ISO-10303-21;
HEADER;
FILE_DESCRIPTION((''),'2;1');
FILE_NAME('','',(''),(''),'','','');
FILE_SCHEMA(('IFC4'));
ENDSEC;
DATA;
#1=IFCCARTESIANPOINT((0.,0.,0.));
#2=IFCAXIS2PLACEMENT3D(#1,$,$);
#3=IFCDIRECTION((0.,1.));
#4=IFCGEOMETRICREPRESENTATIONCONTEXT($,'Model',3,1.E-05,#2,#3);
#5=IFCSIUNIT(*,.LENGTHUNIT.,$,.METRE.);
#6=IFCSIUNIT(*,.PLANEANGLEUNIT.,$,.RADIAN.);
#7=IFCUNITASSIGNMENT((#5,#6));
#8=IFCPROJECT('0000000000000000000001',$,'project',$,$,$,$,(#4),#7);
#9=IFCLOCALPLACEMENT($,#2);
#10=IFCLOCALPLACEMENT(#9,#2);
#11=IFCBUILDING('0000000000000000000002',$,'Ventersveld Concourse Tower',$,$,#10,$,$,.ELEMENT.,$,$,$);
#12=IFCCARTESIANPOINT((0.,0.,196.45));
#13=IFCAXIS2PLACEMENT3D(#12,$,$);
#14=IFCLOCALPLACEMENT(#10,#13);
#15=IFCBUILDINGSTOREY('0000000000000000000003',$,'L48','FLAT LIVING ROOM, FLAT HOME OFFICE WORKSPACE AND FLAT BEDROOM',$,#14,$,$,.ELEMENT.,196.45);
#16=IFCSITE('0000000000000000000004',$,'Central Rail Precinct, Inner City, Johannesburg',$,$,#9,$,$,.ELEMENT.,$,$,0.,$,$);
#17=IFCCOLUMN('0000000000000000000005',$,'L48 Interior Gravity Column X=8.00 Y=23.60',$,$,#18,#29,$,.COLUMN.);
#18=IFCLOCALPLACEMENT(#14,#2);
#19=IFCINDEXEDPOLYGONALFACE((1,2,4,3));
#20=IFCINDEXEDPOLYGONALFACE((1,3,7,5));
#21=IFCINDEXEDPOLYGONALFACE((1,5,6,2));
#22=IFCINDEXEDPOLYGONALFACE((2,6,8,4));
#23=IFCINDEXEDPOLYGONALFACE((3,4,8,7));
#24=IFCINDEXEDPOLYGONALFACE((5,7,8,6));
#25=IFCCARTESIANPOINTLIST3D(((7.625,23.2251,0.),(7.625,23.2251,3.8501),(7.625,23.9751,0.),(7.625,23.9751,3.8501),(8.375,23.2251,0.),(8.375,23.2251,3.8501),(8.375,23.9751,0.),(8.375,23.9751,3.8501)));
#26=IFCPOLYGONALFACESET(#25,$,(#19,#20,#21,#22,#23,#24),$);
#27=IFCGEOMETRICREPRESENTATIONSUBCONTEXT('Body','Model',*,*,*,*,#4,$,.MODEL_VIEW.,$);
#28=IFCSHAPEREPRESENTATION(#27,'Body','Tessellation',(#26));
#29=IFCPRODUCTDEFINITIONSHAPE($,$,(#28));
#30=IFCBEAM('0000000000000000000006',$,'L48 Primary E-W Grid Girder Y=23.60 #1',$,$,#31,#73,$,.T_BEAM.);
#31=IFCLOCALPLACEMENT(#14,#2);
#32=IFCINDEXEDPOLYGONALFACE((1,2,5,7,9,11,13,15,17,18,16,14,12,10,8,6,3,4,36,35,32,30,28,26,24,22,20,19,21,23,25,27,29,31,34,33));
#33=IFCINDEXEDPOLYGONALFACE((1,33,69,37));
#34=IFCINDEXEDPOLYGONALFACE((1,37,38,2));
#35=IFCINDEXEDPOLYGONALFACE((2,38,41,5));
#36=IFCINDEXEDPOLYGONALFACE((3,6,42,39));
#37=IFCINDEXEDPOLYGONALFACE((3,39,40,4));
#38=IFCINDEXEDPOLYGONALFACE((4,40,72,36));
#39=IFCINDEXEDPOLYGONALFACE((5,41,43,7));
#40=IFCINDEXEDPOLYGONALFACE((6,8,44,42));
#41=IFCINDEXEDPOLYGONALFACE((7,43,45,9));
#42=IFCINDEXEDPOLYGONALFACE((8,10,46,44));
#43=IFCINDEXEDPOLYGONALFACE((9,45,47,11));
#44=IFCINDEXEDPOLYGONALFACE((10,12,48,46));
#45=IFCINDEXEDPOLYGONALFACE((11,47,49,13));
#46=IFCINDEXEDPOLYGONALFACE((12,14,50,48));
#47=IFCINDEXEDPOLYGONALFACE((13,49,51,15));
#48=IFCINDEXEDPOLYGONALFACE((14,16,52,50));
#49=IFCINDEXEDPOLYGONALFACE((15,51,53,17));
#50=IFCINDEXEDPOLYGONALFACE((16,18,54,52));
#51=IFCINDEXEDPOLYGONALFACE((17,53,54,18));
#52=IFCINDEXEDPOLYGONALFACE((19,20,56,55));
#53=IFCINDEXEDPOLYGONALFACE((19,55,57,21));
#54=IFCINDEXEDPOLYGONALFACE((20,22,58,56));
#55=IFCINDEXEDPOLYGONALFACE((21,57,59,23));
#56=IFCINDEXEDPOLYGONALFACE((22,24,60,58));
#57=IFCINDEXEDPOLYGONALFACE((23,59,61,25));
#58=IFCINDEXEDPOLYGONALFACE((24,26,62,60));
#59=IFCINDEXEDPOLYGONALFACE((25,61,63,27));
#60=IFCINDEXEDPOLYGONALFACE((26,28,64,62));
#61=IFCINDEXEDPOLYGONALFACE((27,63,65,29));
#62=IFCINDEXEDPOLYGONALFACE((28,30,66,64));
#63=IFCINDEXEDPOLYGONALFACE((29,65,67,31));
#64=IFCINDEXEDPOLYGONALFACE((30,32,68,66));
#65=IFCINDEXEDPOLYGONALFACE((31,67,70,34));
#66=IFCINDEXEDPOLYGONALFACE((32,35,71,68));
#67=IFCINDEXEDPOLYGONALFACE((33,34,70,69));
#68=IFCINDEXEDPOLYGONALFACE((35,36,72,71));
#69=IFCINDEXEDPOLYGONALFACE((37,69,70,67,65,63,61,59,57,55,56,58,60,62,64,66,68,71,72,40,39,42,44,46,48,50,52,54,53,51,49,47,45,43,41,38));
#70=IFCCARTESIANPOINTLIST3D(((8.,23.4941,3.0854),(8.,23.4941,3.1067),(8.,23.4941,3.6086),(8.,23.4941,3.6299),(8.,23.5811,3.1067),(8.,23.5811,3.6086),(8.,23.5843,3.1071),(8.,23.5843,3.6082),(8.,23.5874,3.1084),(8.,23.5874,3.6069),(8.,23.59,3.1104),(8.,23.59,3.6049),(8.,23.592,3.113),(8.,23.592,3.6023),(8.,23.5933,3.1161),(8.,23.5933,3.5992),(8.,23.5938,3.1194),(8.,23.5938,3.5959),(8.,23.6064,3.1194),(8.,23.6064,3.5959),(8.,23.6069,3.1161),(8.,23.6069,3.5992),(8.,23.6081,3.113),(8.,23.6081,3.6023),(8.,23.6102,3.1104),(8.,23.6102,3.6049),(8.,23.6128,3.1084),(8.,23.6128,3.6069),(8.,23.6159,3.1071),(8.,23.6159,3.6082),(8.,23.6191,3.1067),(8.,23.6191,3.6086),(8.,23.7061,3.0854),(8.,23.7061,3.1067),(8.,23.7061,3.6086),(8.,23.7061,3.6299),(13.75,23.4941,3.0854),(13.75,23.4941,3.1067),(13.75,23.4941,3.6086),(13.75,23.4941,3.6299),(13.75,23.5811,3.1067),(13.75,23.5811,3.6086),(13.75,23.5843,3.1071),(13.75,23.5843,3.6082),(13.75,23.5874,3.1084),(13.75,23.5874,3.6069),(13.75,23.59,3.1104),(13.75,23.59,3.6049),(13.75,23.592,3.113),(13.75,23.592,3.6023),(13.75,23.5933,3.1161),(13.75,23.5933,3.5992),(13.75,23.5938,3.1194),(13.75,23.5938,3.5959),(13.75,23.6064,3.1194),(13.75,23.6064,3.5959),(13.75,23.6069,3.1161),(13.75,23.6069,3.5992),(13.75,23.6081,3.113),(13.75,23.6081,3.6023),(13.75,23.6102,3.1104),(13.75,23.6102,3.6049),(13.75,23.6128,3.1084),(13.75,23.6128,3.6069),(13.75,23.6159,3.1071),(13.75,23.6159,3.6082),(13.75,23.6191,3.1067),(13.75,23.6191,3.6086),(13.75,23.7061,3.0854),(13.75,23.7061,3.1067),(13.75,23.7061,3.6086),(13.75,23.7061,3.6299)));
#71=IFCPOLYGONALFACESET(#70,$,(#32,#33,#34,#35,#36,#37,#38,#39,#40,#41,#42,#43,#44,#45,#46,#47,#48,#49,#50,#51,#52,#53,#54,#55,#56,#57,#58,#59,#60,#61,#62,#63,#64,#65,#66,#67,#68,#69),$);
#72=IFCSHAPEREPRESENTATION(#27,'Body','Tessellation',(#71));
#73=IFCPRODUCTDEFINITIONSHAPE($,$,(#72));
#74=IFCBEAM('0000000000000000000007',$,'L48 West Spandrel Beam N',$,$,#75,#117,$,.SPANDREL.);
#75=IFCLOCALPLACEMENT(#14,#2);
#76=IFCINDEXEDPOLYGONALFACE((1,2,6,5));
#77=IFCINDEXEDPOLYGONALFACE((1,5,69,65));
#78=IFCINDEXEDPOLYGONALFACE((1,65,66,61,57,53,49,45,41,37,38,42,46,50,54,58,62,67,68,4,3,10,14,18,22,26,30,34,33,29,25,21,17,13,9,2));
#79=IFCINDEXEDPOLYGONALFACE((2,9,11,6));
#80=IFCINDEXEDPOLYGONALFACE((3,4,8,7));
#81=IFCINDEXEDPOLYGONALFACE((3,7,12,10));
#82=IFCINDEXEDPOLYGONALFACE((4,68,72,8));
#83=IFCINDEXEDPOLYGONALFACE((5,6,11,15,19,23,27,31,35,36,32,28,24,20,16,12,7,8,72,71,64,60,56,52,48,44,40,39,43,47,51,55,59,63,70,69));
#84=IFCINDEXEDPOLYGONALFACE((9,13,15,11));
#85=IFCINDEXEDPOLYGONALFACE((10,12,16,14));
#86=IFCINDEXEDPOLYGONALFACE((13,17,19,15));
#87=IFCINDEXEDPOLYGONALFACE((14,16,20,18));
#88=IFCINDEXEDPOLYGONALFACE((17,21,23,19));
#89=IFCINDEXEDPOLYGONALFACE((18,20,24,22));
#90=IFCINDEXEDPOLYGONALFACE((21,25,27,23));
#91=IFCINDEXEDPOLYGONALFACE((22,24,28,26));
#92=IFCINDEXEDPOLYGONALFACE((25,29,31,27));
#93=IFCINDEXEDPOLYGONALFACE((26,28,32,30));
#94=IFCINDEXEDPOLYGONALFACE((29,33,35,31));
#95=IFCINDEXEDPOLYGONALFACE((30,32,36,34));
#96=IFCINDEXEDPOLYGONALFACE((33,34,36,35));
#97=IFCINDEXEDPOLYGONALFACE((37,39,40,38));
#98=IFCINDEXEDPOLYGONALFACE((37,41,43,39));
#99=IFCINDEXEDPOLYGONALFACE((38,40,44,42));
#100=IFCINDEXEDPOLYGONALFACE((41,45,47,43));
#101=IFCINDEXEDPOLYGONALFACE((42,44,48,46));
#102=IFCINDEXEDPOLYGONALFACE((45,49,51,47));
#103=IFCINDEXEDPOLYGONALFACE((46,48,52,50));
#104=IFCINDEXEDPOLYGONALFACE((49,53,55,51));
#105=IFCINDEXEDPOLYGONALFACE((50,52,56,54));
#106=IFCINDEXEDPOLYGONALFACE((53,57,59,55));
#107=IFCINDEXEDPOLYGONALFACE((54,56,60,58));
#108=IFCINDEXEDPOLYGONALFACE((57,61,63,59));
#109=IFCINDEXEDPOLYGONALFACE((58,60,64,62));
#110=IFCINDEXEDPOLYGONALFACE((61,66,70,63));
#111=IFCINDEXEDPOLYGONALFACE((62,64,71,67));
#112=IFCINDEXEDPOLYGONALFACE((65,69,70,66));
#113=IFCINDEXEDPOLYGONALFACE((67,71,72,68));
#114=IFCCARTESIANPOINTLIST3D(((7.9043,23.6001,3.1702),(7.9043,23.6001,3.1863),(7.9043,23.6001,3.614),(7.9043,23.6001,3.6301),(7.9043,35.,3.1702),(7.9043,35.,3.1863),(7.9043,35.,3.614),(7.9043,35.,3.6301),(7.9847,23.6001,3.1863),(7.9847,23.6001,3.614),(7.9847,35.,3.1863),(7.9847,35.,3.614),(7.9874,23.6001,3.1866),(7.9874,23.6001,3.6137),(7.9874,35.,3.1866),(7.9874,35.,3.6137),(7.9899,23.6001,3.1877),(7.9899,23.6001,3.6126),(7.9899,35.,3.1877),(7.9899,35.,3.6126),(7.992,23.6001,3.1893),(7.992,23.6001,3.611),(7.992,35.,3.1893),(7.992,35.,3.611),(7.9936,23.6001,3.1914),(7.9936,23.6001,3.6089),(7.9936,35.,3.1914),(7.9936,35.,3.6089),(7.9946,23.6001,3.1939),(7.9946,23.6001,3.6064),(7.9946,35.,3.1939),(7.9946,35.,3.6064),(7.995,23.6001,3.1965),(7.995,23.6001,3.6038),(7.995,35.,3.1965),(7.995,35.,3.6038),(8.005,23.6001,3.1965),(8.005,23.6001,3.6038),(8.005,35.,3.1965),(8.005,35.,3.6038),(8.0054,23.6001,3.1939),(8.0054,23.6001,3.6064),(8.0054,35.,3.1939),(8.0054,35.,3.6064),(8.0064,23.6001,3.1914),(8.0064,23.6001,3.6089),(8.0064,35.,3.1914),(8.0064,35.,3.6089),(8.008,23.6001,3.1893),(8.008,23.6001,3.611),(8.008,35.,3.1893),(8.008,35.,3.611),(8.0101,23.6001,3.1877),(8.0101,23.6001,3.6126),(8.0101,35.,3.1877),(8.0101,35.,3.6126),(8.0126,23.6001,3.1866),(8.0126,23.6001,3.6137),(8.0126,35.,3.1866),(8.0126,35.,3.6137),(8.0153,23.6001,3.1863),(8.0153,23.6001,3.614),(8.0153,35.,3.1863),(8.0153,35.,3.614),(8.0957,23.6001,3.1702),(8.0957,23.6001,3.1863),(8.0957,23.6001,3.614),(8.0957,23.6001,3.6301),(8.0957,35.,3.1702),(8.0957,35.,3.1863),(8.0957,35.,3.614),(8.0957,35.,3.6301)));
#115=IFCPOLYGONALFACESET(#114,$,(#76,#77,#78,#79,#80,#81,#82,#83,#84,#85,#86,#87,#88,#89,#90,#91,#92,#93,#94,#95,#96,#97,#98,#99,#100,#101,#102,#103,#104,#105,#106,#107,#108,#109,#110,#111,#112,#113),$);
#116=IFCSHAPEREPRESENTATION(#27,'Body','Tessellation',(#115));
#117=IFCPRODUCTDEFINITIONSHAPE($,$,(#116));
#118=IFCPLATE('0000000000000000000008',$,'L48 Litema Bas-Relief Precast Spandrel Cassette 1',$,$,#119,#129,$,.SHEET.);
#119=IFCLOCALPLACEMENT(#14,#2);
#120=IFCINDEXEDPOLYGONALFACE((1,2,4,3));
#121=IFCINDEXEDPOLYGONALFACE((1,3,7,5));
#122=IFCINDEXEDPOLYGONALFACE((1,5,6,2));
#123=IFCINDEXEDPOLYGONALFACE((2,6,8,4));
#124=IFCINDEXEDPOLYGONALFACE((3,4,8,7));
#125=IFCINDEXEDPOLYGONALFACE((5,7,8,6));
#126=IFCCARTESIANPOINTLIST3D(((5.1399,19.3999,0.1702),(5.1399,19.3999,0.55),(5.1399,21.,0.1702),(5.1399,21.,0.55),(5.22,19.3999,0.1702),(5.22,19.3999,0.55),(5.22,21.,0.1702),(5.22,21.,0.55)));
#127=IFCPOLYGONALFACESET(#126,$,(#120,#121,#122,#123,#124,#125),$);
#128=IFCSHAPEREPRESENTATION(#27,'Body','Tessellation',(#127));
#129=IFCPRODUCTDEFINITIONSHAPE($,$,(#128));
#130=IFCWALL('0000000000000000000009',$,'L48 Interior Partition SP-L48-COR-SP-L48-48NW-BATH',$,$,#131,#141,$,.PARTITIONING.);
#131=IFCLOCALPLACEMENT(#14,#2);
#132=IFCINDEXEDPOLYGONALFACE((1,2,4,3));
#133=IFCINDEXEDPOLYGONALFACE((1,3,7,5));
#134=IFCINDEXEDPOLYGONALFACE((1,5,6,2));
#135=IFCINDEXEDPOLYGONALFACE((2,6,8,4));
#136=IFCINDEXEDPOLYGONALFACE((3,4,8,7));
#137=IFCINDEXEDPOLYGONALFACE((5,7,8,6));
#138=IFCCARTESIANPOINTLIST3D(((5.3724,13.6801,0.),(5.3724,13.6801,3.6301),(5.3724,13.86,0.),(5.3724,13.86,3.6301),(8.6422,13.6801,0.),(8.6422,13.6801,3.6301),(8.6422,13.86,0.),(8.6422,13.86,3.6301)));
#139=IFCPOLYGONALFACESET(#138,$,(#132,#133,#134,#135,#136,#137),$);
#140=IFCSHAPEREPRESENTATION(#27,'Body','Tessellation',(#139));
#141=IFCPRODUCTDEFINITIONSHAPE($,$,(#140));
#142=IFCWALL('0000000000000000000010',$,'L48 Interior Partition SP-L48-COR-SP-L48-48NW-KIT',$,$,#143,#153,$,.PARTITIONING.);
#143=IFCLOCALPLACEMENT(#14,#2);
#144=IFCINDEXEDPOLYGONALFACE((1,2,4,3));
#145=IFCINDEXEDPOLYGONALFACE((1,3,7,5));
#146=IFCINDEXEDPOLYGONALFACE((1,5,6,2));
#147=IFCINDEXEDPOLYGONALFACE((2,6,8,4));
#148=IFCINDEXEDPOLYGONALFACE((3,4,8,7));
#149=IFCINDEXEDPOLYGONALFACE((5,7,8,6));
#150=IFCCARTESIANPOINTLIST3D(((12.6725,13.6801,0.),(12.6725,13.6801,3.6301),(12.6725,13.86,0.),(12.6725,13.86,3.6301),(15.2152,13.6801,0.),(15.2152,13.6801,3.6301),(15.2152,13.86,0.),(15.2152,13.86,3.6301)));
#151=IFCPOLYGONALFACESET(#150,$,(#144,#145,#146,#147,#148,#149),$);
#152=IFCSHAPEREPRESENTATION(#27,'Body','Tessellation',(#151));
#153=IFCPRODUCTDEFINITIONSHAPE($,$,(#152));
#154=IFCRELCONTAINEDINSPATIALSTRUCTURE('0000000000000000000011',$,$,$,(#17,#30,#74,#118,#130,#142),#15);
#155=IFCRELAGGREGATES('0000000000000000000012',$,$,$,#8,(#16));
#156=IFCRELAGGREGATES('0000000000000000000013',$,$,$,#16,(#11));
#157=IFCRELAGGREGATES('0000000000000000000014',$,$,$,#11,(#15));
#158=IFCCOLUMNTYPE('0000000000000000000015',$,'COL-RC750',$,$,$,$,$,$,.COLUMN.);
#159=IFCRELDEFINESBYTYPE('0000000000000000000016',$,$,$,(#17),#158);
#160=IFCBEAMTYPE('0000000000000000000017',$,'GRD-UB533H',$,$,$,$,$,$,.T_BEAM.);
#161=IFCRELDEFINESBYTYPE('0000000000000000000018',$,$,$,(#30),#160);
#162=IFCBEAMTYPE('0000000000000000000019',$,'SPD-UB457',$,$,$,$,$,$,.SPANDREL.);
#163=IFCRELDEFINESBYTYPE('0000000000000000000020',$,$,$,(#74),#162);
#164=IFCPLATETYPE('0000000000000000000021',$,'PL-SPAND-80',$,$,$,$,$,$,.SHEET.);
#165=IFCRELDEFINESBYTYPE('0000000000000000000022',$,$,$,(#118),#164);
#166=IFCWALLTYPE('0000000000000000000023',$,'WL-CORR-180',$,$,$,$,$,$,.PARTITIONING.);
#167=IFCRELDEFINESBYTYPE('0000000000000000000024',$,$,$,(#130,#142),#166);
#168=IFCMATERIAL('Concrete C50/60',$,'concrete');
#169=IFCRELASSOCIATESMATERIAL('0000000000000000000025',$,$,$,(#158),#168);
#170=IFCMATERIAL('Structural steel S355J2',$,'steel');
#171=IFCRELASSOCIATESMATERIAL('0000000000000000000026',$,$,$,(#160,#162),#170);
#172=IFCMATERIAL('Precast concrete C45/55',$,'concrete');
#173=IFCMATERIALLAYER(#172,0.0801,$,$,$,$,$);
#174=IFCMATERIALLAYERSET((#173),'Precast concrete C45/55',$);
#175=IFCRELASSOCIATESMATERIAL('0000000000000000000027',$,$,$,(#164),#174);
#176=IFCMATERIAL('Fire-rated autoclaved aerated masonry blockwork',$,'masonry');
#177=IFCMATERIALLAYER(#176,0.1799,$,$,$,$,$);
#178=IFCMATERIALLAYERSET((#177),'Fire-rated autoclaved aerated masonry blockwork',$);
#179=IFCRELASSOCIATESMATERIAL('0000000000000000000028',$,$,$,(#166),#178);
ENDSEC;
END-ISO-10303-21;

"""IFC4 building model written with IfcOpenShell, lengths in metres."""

from ifc_helpers import new_model, si_unit, direction, frame, frame_2d, origin, origin_2d, place, context, subcontext, project, spatial, rectangle, i_section, extrude, material, layer, layer_set, material_profile, profile_set, type_object, element, save


model = new_model("IFC4")

# Units and contexts
model_context = context("Model", 3, precision=1e-05, world=origin(), true_north=direction((0.0, 1.0)))
body_context = subcontext(model_context, "Body", "Model", "MODEL_VIEW")
ifc_project = project(units=[si_unit("LENGTHUNIT", "METRE"), si_unit("PLANEANGLEUNIT", "RADIAN")], contexts=[model_context])

# Site, building, storey
site_placement = place(None, origin())
site = spatial("IfcSite", under=ifc_project, at=site_placement, Name="Central Rail Precinct, Inner City, Johannesburg", CompositionType="ELEMENT", RefElevation=0.0)
building_placement = place(site_placement, origin())
building = spatial("IfcBuilding", under=site, at=building_placement, Name="Ventersveld Concourse Tower", CompositionType="ELEMENT")
storey_placement = place(building_placement, frame((0.0, 0.0, 196.45)))
storey = spatial("IfcBuildingStorey", under=building, at=storey_placement, Name="L48", Description="FLAT LIVING ROOM, FLAT HOME OFFICE WORKSPACE AND FLAT BEDROOM", CompositionType="ELEMENT", Elevation=196.45)

# Column
ifc_material_1 = material(Name="Concrete C50/60", Category="concrete")
ifc_material_profile_1 = material_profile(ifc_material_1, rectangle(XDim=0.75, YDim=0.75, at=origin_2d()), Name="RC 750x750")
ifc_profile_set_1 = profile_set([ifc_material_profile_1], Name="Concrete C50/60")
column_type = type_object("IfcColumnType", Name="COL-RC750", PredefinedType="COLUMN", material=ifc_profile_set_1)
column_placement = place(storey_placement, frame((8.0, 23.6001, 0.0), z_axis=(0.0, 0.0, 1.0), x_axis=(1.0, 0.0, 0.0)))
element("IfcColumn", 1, at=column_placement, inside=storey, type_object=column_type, Name="L48 Interior Gravity Column X=8.00 Y=23.60", PredefinedType="COLUMN", context=body_context, shape_type="SweptSolid", body=[
    extrude(rectangle(XDim=0.75, YDim=0.75, at=origin_2d()), origin(), (0.0, 0.0, 1.0), 3.8501),
])

# Beams
ifc_material_2 = material(Name="Structural steel S355J2", Category="steel")
ifc_material_profile_2 = material_profile(ifc_material_2, i_section(OverallWidth=0.2119, OverallDepth=0.5444, WebThickness=0.0127, FlangeThickness=0.0212, FilletRadius=0.0127, at=origin_2d()), Name="UB 533x210x122")
ifc_profile_set_2 = profile_set([ifc_material_profile_2], Name="Structural steel S355J2")
beam_type_1 = type_object("IfcBeamType", Name="GRD-UB533H", PredefinedType="T_BEAM", material=ifc_profile_set_2)
beam_1_placement = place(storey_placement, frame((8.0, 23.6001, 3.3577), z_axis=(1.0, 0.0, 0.0), x_axis=(0.0, 1.0, 0.0)))
element("IfcBeam", 2, at=beam_1_placement, inside=storey, type_object=beam_type_1, Name="L48 Primary E-W Grid Girder Y=23.60 #1", PredefinedType="T_BEAM", context=body_context, shape_type="SweptSolid", body=[
    extrude(i_section(OverallWidth=0.2119, OverallDepth=0.5444, WebThickness=0.0127, FlangeThickness=0.0212, FilletRadius=0.0127, at=origin_2d()), origin(), (0.0, 0.0, 1.0), 5.75),
])
ifc_material_profile_3 = material_profile(ifc_material_2, i_section(OverallWidth=0.1914, OverallDepth=0.46, WebThickness=0.01, FlangeThickness=0.0161, FilletRadius=0.0103, at=origin_2d()), Name="UB 457x191x82")
ifc_profile_set_3 = profile_set([ifc_material_profile_3], Name="Structural steel S355J2")
beam_type_2 = type_object("IfcBeamType", Name="SPD-UB457", PredefinedType="SPANDREL", material=ifc_profile_set_3)
beam_2_placement = place(storey_placement, frame((8.0, 23.6001, 3.4001), z_axis=(0.0, 1.0, 0.0), x_axis=(-1.0, 0.0, 0.0)))
element("IfcBeam", 3, at=beam_2_placement, inside=storey, type_object=beam_type_2, Name="L48 West Spandrel Beam N", PredefinedType="SPANDREL", context=body_context, shape_type="SweptSolid", body=[
    extrude(i_section(OverallWidth=0.1914, OverallDepth=0.46, WebThickness=0.01, FlangeThickness=0.0161, FilletRadius=0.0103, at=origin_2d()), origin(), (0.0, 0.0, 1.0), 11.3999),
])

# Plate
ifc_material_3 = material(Name="Precast concrete C45/55", Category="concrete")
ifc_layer_1 = layer(ifc_material_3, 0.0801)
ifc_layer_set_1 = layer_set([ifc_layer_1], Name="Precast concrete C45/55")
plate_type = type_object("IfcPlateType", Name="PL-SPAND-80", PredefinedType="SHEET", material=ifc_layer_set_1)
plate_placement = place(storey_placement, frame((5.1799, 20.2, 0.1702), z_axis=(0.0, 0.0, 1.0), x_axis=(0.0, -1.0, 0.0)))
element("IfcPlate", 4, at=plate_placement, inside=storey, type_object=plate_type, Name="L48 Litema Bas-Relief Precast Spandrel Cassette 1", PredefinedType="SHEET", context=body_context, shape_type="SweptSolid", body=[
    extrude(rectangle(XDim=1.6001, YDim=0.0801, at=origin_2d()), origin(), (0.0, 0.0, 1.0), 0.3799),
])

# Shared definitions
ifc_material_4 = material(Name="Fire-rated autoclaved aerated masonry blockwork", Category="masonry")
ifc_layer_2 = layer(ifc_material_4, 0.1799)
ifc_layer_set_2 = layer_set([ifc_layer_2], Name="Fire-rated autoclaved aerated masonry blockwork")
wall_type_1 = type_object("IfcWallType", Name="WL-CORR-180", PredefinedType="PARTITIONING", material=ifc_layer_set_2)

# Walls
wall_1_placement = place(storey_placement, frame((5.3726, 13.77, 0.0), z_axis=(0.0, 0.0, 1.0), x_axis=(1.0, 0.0, 0.0)))
element("IfcWall", 5, at=wall_1_placement, inside=storey, type_object=wall_type_1, Name="L48 Interior Partition SP-L48-COR-SP-L48-48NW-BATH", PredefinedType="PARTITIONING", context=body_context, shape_type="SweptSolid", body=[
    extrude(rectangle(XDim=3.2698, YDim=0.1799, at=frame_2d((1.6348, 0.0))), origin(), (0.0, 0.0, 1.0), 3.6301),
])
wall_2_placement = place(storey_placement, frame((12.6724, 13.77, 0.0), z_axis=(0.0, 0.0, 1.0), x_axis=(1.0, 0.0, 0.0)))
element("IfcWall", 6, at=wall_2_placement, inside=storey, type_object=wall_type_1, Name="L48 Interior Partition SP-L48-COR-SP-L48-48NW-KIT", PredefinedType="PARTITIONING", context=body_context, shape_type="SweptSolid", body=[
    extrude(rectangle(XDim=2.5427, YDim=0.1799, at=frame_2d((1.2715, 0.0))), origin(), (0.0, 0.0, 1.0), 3.6301),
])

save(model, "model.ifc")
